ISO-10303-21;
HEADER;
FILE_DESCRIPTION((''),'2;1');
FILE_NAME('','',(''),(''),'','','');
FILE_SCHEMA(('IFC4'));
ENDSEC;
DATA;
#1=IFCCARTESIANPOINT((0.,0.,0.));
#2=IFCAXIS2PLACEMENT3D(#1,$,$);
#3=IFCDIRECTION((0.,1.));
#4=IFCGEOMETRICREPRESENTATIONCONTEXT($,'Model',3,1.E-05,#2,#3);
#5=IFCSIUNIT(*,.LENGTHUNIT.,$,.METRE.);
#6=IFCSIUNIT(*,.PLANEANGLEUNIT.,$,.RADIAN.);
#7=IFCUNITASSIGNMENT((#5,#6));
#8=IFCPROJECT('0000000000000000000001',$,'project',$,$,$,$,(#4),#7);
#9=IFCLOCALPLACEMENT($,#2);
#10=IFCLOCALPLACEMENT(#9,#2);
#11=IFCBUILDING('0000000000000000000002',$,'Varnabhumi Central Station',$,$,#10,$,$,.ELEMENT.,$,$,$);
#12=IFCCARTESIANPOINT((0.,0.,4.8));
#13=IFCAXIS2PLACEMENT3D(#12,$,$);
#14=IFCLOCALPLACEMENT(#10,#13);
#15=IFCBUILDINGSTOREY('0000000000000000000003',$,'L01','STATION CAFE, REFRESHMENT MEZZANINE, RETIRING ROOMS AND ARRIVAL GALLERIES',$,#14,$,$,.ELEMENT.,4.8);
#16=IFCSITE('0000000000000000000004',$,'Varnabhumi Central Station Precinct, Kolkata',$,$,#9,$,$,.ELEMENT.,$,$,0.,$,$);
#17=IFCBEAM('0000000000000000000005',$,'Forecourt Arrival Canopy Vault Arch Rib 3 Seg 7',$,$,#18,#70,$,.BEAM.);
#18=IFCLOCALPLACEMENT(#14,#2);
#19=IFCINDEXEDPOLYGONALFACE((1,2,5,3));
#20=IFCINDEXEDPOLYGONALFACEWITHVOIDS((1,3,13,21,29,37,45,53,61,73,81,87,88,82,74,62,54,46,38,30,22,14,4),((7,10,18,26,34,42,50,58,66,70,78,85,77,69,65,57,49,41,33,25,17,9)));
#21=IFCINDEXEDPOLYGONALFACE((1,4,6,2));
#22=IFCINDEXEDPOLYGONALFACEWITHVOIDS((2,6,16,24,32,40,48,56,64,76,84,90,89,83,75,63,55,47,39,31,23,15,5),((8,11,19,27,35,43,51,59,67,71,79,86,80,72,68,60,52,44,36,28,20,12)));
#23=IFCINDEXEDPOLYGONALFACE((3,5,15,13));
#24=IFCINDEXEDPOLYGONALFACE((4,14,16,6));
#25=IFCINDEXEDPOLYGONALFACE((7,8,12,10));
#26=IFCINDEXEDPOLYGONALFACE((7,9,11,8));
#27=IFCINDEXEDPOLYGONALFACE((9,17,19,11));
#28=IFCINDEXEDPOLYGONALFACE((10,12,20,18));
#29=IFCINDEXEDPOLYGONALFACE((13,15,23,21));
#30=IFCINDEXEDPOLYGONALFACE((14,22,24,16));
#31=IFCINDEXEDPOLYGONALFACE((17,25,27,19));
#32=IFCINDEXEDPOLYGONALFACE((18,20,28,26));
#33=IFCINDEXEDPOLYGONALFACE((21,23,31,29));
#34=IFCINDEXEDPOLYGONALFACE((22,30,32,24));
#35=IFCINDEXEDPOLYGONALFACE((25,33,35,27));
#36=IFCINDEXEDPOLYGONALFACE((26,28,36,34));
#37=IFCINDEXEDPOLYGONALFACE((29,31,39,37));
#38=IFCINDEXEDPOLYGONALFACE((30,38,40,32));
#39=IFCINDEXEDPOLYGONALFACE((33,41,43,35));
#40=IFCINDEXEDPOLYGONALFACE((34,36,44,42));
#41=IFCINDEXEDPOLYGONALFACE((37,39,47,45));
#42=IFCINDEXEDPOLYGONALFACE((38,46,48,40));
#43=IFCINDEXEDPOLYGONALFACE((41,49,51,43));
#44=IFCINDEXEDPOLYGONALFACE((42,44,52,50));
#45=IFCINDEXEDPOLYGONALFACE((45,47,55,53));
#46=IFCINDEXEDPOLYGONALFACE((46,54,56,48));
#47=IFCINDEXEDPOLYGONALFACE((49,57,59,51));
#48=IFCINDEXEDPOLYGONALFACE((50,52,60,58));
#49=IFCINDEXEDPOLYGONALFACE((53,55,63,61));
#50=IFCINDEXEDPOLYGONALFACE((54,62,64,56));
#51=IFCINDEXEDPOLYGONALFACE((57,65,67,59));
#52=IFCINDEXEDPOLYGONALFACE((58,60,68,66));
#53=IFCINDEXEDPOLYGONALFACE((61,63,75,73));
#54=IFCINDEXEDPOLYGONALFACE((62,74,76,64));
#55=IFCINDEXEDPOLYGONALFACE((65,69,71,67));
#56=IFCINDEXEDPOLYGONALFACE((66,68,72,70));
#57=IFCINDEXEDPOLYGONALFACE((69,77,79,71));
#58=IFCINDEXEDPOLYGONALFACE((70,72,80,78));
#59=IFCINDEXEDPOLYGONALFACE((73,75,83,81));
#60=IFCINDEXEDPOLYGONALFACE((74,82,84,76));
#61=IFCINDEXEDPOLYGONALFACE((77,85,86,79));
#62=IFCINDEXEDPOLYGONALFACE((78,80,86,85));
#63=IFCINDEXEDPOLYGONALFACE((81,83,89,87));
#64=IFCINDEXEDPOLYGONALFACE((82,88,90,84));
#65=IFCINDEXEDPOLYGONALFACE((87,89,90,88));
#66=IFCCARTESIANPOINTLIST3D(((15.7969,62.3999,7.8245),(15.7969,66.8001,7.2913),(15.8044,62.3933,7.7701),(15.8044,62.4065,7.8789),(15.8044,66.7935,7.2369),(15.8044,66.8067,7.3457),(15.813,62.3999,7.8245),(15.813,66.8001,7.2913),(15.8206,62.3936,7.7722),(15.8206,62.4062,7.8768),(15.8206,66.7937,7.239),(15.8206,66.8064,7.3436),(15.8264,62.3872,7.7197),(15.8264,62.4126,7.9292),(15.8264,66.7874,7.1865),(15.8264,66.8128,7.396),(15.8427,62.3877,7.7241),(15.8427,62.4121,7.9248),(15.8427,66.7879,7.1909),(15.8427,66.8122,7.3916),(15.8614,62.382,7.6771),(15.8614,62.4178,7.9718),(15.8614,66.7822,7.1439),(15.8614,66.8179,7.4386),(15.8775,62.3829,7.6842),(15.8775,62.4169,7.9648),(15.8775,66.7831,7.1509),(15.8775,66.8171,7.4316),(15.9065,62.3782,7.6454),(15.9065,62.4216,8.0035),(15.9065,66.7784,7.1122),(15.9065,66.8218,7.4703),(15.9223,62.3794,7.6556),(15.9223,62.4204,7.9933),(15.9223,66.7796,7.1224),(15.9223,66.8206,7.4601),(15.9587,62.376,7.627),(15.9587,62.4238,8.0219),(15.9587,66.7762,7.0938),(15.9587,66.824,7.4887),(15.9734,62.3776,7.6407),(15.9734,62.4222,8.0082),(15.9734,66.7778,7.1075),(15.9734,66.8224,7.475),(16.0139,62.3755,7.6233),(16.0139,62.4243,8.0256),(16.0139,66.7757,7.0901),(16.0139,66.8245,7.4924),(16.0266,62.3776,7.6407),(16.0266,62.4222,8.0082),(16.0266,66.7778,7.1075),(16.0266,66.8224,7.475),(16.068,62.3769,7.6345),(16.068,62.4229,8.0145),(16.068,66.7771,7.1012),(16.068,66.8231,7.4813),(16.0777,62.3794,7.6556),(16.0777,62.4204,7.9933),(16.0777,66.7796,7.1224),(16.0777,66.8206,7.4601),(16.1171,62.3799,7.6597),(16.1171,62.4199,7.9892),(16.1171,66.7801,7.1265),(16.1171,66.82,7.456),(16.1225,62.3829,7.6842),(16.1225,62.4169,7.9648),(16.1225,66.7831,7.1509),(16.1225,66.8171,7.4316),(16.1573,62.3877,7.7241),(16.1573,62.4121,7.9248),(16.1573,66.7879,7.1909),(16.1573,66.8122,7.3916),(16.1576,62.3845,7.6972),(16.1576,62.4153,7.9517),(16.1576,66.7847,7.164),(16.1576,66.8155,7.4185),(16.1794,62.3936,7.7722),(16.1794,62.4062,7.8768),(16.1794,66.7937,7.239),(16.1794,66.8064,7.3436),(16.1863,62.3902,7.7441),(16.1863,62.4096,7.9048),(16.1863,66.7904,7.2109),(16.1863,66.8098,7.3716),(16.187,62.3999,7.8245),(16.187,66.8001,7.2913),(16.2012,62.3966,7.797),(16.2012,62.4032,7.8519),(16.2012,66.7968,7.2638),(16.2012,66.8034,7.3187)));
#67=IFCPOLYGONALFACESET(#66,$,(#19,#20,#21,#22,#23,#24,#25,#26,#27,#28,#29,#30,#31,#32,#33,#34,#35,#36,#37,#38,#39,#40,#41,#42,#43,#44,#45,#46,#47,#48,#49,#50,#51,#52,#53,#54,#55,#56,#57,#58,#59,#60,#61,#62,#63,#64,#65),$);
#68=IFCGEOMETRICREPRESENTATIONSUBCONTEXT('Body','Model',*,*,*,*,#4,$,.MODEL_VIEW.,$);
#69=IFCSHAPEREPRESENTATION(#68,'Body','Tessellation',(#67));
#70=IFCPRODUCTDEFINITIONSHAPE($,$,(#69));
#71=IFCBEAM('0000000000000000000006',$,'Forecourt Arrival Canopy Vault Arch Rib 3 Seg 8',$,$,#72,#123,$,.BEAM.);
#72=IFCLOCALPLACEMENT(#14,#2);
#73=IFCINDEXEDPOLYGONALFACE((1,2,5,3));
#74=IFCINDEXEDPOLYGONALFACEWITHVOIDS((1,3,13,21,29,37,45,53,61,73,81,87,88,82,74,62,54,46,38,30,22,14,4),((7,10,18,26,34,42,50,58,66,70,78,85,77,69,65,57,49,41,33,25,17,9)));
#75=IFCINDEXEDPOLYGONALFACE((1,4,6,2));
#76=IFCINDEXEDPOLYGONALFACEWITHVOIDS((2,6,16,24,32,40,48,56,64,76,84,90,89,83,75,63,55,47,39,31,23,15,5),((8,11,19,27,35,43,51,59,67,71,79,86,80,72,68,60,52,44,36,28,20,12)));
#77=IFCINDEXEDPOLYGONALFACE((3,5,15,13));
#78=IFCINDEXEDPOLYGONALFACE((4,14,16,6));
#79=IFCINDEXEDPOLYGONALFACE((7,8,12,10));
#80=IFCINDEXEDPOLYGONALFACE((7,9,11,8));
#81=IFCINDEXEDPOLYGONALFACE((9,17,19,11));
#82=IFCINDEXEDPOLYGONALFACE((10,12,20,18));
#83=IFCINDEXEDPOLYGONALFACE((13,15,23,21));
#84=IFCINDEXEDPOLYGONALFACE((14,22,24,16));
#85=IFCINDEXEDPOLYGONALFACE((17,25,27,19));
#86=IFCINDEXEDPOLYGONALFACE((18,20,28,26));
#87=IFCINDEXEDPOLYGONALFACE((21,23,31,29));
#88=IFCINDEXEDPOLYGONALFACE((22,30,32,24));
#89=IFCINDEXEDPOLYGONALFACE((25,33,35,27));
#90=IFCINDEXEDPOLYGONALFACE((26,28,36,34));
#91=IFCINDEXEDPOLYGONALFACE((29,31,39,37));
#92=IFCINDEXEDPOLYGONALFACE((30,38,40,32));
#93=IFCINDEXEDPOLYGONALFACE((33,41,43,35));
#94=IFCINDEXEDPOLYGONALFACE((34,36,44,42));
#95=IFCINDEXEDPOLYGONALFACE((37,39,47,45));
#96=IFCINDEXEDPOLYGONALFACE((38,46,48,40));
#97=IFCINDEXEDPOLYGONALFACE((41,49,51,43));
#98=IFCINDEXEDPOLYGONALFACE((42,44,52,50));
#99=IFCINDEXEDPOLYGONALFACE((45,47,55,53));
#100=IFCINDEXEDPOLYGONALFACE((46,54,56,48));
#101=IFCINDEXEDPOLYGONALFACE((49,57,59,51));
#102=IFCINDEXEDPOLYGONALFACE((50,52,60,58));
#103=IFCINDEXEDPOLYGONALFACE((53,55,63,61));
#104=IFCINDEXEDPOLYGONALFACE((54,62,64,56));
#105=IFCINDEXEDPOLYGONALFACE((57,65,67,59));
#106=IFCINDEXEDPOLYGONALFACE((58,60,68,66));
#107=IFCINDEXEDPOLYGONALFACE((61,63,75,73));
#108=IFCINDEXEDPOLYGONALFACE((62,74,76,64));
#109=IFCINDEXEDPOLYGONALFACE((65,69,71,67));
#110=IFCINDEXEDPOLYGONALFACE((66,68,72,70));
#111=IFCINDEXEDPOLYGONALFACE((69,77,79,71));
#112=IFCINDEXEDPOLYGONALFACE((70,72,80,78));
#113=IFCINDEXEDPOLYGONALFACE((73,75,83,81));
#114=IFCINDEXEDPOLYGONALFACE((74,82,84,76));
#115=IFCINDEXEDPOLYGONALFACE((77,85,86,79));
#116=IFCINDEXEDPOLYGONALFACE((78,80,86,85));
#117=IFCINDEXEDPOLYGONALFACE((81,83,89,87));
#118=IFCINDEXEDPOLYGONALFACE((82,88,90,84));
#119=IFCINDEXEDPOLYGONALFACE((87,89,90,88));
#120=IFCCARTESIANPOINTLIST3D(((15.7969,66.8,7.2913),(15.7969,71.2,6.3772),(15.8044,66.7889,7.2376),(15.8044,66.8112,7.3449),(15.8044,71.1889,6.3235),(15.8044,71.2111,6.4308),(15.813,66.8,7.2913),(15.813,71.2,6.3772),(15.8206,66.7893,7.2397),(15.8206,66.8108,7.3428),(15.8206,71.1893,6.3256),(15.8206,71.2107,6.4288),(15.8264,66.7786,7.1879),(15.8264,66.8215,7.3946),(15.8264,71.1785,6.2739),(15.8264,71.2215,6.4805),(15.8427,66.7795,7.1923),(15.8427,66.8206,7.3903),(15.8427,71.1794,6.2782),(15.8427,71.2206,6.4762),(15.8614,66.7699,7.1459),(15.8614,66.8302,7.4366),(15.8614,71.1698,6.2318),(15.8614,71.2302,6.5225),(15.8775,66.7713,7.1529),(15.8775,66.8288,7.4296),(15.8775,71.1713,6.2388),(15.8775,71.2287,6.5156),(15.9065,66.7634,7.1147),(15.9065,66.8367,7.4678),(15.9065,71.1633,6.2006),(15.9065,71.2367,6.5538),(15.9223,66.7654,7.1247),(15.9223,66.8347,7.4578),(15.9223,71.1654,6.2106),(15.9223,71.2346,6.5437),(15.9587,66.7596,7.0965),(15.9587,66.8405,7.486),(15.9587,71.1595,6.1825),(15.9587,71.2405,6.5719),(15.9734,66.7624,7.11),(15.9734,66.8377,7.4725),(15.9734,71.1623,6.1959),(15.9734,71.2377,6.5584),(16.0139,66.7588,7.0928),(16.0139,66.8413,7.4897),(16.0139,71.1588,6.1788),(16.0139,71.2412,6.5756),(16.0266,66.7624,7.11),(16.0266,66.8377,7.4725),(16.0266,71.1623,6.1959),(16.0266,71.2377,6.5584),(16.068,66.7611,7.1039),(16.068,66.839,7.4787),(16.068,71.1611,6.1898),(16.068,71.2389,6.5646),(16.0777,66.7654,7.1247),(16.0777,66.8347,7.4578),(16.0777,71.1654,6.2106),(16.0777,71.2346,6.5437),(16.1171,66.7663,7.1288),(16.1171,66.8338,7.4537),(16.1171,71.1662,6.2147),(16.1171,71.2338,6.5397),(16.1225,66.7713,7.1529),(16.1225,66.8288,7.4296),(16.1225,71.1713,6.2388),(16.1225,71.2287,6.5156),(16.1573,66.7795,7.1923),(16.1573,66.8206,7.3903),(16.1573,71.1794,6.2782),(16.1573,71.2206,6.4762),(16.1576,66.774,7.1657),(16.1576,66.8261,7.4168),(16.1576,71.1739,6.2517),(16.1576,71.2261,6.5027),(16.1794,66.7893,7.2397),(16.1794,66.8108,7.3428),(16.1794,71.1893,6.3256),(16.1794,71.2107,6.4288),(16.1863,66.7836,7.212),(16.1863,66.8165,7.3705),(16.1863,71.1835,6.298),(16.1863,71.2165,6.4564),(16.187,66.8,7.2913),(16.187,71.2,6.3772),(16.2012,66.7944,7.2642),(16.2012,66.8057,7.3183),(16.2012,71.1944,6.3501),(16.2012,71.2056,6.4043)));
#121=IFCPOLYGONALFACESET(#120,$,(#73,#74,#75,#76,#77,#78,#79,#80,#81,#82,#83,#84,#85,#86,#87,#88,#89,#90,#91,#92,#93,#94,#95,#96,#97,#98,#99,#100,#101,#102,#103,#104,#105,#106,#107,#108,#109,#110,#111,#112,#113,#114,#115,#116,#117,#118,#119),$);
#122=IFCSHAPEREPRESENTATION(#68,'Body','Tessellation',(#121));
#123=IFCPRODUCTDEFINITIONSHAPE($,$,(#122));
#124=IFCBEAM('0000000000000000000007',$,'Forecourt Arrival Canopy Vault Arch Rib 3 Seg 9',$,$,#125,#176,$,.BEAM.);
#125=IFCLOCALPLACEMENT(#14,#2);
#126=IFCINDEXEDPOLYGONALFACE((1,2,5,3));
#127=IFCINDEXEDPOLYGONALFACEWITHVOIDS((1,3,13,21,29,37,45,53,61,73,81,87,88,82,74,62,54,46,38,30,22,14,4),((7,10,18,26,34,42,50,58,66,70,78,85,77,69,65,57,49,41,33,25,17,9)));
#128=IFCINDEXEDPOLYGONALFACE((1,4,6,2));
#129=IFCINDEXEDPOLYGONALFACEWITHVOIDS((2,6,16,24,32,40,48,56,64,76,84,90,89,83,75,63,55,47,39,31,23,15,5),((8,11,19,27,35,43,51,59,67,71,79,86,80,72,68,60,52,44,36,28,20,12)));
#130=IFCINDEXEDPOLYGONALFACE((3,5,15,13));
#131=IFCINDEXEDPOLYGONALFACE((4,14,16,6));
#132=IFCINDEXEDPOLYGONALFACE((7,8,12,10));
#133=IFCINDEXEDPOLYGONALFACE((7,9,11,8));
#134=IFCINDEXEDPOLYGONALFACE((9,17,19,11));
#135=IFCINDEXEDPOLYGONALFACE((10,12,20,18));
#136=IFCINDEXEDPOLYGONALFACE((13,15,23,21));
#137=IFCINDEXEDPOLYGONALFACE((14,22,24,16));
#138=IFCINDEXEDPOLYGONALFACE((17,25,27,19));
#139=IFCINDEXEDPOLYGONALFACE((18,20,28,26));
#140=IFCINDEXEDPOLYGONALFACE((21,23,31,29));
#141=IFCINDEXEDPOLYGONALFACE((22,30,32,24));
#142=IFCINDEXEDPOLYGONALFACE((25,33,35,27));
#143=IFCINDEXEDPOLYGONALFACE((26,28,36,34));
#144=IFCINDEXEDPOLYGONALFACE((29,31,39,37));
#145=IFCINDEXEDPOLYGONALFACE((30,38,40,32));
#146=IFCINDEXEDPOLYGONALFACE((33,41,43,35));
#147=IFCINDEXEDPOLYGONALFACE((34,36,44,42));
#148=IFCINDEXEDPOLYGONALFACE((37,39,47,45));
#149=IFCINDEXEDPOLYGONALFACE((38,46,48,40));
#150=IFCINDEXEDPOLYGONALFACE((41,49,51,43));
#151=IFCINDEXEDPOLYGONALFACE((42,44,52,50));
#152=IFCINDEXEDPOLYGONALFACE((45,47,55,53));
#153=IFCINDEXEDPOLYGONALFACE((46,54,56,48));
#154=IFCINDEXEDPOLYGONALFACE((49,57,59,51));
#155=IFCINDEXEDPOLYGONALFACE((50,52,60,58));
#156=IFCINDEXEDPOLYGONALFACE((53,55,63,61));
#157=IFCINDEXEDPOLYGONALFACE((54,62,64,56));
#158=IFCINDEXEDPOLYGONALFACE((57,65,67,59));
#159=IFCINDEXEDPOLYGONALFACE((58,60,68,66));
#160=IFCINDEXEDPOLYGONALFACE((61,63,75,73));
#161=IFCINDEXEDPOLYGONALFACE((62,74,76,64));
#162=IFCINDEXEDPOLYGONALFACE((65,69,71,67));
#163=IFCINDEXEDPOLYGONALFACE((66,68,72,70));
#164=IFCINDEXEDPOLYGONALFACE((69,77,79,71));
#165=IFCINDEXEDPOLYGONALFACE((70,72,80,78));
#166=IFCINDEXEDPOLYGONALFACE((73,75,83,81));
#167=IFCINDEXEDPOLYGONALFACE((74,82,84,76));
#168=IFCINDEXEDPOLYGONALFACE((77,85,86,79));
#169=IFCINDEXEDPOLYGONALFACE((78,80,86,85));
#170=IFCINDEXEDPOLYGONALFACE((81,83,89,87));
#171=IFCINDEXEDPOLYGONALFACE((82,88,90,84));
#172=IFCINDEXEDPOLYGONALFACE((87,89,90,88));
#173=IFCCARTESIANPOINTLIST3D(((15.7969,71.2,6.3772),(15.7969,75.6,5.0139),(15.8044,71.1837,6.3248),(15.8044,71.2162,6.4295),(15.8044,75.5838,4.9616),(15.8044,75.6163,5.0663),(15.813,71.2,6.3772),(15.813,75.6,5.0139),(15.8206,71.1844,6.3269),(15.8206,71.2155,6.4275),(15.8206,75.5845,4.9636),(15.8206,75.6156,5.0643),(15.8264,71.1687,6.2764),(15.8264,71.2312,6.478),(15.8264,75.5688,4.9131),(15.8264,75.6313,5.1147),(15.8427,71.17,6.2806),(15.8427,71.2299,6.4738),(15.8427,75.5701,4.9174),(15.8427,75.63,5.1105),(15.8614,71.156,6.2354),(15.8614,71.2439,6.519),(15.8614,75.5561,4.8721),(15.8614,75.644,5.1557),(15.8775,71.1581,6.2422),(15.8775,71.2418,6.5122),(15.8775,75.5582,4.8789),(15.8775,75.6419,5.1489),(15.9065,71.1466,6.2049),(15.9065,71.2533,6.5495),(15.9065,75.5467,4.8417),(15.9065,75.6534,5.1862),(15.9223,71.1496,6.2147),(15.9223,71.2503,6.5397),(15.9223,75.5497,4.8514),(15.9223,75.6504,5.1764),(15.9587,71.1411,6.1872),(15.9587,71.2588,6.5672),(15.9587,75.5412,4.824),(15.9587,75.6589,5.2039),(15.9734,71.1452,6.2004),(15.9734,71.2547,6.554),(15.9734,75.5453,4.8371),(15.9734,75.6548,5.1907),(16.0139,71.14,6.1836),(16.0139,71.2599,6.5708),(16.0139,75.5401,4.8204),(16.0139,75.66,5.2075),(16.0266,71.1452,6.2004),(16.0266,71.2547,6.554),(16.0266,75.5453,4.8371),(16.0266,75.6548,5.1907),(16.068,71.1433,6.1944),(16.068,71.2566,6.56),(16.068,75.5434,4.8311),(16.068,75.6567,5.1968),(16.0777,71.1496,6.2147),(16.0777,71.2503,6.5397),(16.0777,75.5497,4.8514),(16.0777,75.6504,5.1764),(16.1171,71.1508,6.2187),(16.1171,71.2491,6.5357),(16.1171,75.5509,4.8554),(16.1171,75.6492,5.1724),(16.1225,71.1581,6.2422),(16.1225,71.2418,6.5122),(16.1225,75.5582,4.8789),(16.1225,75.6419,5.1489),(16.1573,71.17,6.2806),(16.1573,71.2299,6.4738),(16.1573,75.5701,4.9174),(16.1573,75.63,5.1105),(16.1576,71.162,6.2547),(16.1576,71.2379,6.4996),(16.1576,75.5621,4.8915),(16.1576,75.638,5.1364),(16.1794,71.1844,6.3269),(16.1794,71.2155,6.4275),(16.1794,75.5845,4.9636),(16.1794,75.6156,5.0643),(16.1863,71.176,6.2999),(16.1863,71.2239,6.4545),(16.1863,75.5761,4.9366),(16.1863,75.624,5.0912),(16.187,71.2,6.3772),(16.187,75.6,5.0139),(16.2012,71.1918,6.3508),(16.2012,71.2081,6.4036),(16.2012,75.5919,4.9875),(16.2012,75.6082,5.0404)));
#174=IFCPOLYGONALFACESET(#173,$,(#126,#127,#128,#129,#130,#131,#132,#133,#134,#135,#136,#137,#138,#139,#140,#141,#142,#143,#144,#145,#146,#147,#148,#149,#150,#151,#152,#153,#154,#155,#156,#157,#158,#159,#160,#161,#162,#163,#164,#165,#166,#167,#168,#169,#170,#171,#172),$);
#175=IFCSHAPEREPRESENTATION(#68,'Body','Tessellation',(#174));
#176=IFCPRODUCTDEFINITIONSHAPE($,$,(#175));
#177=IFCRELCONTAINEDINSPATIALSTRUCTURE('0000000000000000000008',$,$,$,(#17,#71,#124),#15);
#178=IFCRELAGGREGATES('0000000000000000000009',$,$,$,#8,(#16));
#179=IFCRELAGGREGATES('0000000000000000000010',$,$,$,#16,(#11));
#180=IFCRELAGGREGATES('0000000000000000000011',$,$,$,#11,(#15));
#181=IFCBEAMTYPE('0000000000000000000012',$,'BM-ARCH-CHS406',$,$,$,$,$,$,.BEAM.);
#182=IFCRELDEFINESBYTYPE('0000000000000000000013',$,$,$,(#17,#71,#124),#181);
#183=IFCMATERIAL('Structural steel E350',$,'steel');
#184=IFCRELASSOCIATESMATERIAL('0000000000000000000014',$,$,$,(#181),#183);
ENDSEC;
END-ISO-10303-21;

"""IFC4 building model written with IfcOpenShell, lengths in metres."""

from ifc_helpers import new_model, si_unit, direction, frame, origin, origin_2d, place, context, subcontext, project, spatial, hollow_circle, extrude, material, material_profile, profile_set, type_object, element, save


model = new_model("IFC4")

# Units and contexts
model_context = context("Model", 3, precision=1e-05, world=origin(), true_north=direction((0.0, 1.0)))
body_context = subcontext(model_context, "Body", "Model", "MODEL_VIEW")
ifc_project = project(units=[si_unit("LENGTHUNIT", "METRE"), si_unit("PLANEANGLEUNIT", "RADIAN")], contexts=[model_context])

# Site, building, storey
site_placement = place(None, origin())
site = spatial("IfcSite", under=ifc_project, at=site_placement, Name="Varnabhumi Central Station Precinct, Kolkata", CompositionType="ELEMENT", RefElevation=0.0)
building_placement = place(site_placement, origin())
building = spatial("IfcBuilding", under=site, at=building_placement, Name="Varnabhumi Central Station", CompositionType="ELEMENT")
storey_placement = place(building_placement, frame((0.0, 0.0, 4.8)))
storey = spatial("IfcBuildingStorey", under=building, at=storey_placement, Name="L01", Description="STATION CAFE, REFRESHMENT MEZZANINE, RETIRING ROOMS AND ARRIVAL GALLERIES", CompositionType="ELEMENT", Elevation=4.8)

# Beams
ifc_material_1 = material(Name="Structural steel E350", Category="steel")
ifc_material_profile_1 = material_profile(ifc_material_1, hollow_circle(Radius=0.2031, WallThickness=0.0161, at=origin_2d()), Name="Structural steel E350", Category="steel")
ifc_profile_set_1 = profile_set([ifc_material_profile_1], Name="Structural steel E350")
beam_type_1 = type_object("IfcBeamType", Name="BM-ARCH-CHS406", PredefinedType="BEAM", material=ifc_profile_set_1)
beam_1_placement = place(storey_placement, frame((16.0, 62.3999, 7.8245), z_axis=(0.0, 0.992738, -0.120298), x_axis=(-1.0, 0.0, 0.0)))
element("IfcBeam", 1, at=beam_1_placement, inside=storey, type_object=beam_type_1, Name="Forecourt Arrival Canopy Vault Arch Rib 3 Seg 7", PredefinedType="BEAM", context=body_context, shape_type="SweptSolid", body=[
    extrude(hollow_circle(Radius=0.2031, WallThickness=0.0161, at=origin_2d()), origin(), (0.0, 0.0, 1.0), 4.4324),
])
beam_2_placement = place(storey_placement, frame((16.0, 66.8, 7.2913), z_axis=(0.0, 0.979095, -0.203403), x_axis=(-1.0, 0.0, 0.0)))
element("IfcBeam", 2, at=beam_2_placement, inside=storey, type_object=beam_type_1, Name="Forecourt Arrival Canopy Vault Arch Rib 3 Seg 8", PredefinedType="BEAM", context=body_context, shape_type="SweptSolid", body=[
    extrude(hollow_circle(Radius=0.2031, WallThickness=0.0161, at=origin_2d()), origin(), (0.0, 0.0, 1.0), 4.4939),
])
beam_3_placement = place(storey_placement, frame((16.0, 71.2, 6.3772), z_axis=(0.0, 0.955204, -0.295947), x_axis=(-1.0, 0.0, 0.0)))
element("IfcBeam", 3, at=beam_3_placement, inside=storey, type_object=beam_type_1, Name="Forecourt Arrival Canopy Vault Arch Rib 3 Seg 9", PredefinedType="BEAM", context=body_context, shape_type="SweptSolid", body=[
    extrude(hollow_circle(Radius=0.2031, WallThickness=0.0161, at=origin_2d()), origin(), (0.0, 0.0, 1.0), 4.6064),
])

save(model, "model.ifc")
